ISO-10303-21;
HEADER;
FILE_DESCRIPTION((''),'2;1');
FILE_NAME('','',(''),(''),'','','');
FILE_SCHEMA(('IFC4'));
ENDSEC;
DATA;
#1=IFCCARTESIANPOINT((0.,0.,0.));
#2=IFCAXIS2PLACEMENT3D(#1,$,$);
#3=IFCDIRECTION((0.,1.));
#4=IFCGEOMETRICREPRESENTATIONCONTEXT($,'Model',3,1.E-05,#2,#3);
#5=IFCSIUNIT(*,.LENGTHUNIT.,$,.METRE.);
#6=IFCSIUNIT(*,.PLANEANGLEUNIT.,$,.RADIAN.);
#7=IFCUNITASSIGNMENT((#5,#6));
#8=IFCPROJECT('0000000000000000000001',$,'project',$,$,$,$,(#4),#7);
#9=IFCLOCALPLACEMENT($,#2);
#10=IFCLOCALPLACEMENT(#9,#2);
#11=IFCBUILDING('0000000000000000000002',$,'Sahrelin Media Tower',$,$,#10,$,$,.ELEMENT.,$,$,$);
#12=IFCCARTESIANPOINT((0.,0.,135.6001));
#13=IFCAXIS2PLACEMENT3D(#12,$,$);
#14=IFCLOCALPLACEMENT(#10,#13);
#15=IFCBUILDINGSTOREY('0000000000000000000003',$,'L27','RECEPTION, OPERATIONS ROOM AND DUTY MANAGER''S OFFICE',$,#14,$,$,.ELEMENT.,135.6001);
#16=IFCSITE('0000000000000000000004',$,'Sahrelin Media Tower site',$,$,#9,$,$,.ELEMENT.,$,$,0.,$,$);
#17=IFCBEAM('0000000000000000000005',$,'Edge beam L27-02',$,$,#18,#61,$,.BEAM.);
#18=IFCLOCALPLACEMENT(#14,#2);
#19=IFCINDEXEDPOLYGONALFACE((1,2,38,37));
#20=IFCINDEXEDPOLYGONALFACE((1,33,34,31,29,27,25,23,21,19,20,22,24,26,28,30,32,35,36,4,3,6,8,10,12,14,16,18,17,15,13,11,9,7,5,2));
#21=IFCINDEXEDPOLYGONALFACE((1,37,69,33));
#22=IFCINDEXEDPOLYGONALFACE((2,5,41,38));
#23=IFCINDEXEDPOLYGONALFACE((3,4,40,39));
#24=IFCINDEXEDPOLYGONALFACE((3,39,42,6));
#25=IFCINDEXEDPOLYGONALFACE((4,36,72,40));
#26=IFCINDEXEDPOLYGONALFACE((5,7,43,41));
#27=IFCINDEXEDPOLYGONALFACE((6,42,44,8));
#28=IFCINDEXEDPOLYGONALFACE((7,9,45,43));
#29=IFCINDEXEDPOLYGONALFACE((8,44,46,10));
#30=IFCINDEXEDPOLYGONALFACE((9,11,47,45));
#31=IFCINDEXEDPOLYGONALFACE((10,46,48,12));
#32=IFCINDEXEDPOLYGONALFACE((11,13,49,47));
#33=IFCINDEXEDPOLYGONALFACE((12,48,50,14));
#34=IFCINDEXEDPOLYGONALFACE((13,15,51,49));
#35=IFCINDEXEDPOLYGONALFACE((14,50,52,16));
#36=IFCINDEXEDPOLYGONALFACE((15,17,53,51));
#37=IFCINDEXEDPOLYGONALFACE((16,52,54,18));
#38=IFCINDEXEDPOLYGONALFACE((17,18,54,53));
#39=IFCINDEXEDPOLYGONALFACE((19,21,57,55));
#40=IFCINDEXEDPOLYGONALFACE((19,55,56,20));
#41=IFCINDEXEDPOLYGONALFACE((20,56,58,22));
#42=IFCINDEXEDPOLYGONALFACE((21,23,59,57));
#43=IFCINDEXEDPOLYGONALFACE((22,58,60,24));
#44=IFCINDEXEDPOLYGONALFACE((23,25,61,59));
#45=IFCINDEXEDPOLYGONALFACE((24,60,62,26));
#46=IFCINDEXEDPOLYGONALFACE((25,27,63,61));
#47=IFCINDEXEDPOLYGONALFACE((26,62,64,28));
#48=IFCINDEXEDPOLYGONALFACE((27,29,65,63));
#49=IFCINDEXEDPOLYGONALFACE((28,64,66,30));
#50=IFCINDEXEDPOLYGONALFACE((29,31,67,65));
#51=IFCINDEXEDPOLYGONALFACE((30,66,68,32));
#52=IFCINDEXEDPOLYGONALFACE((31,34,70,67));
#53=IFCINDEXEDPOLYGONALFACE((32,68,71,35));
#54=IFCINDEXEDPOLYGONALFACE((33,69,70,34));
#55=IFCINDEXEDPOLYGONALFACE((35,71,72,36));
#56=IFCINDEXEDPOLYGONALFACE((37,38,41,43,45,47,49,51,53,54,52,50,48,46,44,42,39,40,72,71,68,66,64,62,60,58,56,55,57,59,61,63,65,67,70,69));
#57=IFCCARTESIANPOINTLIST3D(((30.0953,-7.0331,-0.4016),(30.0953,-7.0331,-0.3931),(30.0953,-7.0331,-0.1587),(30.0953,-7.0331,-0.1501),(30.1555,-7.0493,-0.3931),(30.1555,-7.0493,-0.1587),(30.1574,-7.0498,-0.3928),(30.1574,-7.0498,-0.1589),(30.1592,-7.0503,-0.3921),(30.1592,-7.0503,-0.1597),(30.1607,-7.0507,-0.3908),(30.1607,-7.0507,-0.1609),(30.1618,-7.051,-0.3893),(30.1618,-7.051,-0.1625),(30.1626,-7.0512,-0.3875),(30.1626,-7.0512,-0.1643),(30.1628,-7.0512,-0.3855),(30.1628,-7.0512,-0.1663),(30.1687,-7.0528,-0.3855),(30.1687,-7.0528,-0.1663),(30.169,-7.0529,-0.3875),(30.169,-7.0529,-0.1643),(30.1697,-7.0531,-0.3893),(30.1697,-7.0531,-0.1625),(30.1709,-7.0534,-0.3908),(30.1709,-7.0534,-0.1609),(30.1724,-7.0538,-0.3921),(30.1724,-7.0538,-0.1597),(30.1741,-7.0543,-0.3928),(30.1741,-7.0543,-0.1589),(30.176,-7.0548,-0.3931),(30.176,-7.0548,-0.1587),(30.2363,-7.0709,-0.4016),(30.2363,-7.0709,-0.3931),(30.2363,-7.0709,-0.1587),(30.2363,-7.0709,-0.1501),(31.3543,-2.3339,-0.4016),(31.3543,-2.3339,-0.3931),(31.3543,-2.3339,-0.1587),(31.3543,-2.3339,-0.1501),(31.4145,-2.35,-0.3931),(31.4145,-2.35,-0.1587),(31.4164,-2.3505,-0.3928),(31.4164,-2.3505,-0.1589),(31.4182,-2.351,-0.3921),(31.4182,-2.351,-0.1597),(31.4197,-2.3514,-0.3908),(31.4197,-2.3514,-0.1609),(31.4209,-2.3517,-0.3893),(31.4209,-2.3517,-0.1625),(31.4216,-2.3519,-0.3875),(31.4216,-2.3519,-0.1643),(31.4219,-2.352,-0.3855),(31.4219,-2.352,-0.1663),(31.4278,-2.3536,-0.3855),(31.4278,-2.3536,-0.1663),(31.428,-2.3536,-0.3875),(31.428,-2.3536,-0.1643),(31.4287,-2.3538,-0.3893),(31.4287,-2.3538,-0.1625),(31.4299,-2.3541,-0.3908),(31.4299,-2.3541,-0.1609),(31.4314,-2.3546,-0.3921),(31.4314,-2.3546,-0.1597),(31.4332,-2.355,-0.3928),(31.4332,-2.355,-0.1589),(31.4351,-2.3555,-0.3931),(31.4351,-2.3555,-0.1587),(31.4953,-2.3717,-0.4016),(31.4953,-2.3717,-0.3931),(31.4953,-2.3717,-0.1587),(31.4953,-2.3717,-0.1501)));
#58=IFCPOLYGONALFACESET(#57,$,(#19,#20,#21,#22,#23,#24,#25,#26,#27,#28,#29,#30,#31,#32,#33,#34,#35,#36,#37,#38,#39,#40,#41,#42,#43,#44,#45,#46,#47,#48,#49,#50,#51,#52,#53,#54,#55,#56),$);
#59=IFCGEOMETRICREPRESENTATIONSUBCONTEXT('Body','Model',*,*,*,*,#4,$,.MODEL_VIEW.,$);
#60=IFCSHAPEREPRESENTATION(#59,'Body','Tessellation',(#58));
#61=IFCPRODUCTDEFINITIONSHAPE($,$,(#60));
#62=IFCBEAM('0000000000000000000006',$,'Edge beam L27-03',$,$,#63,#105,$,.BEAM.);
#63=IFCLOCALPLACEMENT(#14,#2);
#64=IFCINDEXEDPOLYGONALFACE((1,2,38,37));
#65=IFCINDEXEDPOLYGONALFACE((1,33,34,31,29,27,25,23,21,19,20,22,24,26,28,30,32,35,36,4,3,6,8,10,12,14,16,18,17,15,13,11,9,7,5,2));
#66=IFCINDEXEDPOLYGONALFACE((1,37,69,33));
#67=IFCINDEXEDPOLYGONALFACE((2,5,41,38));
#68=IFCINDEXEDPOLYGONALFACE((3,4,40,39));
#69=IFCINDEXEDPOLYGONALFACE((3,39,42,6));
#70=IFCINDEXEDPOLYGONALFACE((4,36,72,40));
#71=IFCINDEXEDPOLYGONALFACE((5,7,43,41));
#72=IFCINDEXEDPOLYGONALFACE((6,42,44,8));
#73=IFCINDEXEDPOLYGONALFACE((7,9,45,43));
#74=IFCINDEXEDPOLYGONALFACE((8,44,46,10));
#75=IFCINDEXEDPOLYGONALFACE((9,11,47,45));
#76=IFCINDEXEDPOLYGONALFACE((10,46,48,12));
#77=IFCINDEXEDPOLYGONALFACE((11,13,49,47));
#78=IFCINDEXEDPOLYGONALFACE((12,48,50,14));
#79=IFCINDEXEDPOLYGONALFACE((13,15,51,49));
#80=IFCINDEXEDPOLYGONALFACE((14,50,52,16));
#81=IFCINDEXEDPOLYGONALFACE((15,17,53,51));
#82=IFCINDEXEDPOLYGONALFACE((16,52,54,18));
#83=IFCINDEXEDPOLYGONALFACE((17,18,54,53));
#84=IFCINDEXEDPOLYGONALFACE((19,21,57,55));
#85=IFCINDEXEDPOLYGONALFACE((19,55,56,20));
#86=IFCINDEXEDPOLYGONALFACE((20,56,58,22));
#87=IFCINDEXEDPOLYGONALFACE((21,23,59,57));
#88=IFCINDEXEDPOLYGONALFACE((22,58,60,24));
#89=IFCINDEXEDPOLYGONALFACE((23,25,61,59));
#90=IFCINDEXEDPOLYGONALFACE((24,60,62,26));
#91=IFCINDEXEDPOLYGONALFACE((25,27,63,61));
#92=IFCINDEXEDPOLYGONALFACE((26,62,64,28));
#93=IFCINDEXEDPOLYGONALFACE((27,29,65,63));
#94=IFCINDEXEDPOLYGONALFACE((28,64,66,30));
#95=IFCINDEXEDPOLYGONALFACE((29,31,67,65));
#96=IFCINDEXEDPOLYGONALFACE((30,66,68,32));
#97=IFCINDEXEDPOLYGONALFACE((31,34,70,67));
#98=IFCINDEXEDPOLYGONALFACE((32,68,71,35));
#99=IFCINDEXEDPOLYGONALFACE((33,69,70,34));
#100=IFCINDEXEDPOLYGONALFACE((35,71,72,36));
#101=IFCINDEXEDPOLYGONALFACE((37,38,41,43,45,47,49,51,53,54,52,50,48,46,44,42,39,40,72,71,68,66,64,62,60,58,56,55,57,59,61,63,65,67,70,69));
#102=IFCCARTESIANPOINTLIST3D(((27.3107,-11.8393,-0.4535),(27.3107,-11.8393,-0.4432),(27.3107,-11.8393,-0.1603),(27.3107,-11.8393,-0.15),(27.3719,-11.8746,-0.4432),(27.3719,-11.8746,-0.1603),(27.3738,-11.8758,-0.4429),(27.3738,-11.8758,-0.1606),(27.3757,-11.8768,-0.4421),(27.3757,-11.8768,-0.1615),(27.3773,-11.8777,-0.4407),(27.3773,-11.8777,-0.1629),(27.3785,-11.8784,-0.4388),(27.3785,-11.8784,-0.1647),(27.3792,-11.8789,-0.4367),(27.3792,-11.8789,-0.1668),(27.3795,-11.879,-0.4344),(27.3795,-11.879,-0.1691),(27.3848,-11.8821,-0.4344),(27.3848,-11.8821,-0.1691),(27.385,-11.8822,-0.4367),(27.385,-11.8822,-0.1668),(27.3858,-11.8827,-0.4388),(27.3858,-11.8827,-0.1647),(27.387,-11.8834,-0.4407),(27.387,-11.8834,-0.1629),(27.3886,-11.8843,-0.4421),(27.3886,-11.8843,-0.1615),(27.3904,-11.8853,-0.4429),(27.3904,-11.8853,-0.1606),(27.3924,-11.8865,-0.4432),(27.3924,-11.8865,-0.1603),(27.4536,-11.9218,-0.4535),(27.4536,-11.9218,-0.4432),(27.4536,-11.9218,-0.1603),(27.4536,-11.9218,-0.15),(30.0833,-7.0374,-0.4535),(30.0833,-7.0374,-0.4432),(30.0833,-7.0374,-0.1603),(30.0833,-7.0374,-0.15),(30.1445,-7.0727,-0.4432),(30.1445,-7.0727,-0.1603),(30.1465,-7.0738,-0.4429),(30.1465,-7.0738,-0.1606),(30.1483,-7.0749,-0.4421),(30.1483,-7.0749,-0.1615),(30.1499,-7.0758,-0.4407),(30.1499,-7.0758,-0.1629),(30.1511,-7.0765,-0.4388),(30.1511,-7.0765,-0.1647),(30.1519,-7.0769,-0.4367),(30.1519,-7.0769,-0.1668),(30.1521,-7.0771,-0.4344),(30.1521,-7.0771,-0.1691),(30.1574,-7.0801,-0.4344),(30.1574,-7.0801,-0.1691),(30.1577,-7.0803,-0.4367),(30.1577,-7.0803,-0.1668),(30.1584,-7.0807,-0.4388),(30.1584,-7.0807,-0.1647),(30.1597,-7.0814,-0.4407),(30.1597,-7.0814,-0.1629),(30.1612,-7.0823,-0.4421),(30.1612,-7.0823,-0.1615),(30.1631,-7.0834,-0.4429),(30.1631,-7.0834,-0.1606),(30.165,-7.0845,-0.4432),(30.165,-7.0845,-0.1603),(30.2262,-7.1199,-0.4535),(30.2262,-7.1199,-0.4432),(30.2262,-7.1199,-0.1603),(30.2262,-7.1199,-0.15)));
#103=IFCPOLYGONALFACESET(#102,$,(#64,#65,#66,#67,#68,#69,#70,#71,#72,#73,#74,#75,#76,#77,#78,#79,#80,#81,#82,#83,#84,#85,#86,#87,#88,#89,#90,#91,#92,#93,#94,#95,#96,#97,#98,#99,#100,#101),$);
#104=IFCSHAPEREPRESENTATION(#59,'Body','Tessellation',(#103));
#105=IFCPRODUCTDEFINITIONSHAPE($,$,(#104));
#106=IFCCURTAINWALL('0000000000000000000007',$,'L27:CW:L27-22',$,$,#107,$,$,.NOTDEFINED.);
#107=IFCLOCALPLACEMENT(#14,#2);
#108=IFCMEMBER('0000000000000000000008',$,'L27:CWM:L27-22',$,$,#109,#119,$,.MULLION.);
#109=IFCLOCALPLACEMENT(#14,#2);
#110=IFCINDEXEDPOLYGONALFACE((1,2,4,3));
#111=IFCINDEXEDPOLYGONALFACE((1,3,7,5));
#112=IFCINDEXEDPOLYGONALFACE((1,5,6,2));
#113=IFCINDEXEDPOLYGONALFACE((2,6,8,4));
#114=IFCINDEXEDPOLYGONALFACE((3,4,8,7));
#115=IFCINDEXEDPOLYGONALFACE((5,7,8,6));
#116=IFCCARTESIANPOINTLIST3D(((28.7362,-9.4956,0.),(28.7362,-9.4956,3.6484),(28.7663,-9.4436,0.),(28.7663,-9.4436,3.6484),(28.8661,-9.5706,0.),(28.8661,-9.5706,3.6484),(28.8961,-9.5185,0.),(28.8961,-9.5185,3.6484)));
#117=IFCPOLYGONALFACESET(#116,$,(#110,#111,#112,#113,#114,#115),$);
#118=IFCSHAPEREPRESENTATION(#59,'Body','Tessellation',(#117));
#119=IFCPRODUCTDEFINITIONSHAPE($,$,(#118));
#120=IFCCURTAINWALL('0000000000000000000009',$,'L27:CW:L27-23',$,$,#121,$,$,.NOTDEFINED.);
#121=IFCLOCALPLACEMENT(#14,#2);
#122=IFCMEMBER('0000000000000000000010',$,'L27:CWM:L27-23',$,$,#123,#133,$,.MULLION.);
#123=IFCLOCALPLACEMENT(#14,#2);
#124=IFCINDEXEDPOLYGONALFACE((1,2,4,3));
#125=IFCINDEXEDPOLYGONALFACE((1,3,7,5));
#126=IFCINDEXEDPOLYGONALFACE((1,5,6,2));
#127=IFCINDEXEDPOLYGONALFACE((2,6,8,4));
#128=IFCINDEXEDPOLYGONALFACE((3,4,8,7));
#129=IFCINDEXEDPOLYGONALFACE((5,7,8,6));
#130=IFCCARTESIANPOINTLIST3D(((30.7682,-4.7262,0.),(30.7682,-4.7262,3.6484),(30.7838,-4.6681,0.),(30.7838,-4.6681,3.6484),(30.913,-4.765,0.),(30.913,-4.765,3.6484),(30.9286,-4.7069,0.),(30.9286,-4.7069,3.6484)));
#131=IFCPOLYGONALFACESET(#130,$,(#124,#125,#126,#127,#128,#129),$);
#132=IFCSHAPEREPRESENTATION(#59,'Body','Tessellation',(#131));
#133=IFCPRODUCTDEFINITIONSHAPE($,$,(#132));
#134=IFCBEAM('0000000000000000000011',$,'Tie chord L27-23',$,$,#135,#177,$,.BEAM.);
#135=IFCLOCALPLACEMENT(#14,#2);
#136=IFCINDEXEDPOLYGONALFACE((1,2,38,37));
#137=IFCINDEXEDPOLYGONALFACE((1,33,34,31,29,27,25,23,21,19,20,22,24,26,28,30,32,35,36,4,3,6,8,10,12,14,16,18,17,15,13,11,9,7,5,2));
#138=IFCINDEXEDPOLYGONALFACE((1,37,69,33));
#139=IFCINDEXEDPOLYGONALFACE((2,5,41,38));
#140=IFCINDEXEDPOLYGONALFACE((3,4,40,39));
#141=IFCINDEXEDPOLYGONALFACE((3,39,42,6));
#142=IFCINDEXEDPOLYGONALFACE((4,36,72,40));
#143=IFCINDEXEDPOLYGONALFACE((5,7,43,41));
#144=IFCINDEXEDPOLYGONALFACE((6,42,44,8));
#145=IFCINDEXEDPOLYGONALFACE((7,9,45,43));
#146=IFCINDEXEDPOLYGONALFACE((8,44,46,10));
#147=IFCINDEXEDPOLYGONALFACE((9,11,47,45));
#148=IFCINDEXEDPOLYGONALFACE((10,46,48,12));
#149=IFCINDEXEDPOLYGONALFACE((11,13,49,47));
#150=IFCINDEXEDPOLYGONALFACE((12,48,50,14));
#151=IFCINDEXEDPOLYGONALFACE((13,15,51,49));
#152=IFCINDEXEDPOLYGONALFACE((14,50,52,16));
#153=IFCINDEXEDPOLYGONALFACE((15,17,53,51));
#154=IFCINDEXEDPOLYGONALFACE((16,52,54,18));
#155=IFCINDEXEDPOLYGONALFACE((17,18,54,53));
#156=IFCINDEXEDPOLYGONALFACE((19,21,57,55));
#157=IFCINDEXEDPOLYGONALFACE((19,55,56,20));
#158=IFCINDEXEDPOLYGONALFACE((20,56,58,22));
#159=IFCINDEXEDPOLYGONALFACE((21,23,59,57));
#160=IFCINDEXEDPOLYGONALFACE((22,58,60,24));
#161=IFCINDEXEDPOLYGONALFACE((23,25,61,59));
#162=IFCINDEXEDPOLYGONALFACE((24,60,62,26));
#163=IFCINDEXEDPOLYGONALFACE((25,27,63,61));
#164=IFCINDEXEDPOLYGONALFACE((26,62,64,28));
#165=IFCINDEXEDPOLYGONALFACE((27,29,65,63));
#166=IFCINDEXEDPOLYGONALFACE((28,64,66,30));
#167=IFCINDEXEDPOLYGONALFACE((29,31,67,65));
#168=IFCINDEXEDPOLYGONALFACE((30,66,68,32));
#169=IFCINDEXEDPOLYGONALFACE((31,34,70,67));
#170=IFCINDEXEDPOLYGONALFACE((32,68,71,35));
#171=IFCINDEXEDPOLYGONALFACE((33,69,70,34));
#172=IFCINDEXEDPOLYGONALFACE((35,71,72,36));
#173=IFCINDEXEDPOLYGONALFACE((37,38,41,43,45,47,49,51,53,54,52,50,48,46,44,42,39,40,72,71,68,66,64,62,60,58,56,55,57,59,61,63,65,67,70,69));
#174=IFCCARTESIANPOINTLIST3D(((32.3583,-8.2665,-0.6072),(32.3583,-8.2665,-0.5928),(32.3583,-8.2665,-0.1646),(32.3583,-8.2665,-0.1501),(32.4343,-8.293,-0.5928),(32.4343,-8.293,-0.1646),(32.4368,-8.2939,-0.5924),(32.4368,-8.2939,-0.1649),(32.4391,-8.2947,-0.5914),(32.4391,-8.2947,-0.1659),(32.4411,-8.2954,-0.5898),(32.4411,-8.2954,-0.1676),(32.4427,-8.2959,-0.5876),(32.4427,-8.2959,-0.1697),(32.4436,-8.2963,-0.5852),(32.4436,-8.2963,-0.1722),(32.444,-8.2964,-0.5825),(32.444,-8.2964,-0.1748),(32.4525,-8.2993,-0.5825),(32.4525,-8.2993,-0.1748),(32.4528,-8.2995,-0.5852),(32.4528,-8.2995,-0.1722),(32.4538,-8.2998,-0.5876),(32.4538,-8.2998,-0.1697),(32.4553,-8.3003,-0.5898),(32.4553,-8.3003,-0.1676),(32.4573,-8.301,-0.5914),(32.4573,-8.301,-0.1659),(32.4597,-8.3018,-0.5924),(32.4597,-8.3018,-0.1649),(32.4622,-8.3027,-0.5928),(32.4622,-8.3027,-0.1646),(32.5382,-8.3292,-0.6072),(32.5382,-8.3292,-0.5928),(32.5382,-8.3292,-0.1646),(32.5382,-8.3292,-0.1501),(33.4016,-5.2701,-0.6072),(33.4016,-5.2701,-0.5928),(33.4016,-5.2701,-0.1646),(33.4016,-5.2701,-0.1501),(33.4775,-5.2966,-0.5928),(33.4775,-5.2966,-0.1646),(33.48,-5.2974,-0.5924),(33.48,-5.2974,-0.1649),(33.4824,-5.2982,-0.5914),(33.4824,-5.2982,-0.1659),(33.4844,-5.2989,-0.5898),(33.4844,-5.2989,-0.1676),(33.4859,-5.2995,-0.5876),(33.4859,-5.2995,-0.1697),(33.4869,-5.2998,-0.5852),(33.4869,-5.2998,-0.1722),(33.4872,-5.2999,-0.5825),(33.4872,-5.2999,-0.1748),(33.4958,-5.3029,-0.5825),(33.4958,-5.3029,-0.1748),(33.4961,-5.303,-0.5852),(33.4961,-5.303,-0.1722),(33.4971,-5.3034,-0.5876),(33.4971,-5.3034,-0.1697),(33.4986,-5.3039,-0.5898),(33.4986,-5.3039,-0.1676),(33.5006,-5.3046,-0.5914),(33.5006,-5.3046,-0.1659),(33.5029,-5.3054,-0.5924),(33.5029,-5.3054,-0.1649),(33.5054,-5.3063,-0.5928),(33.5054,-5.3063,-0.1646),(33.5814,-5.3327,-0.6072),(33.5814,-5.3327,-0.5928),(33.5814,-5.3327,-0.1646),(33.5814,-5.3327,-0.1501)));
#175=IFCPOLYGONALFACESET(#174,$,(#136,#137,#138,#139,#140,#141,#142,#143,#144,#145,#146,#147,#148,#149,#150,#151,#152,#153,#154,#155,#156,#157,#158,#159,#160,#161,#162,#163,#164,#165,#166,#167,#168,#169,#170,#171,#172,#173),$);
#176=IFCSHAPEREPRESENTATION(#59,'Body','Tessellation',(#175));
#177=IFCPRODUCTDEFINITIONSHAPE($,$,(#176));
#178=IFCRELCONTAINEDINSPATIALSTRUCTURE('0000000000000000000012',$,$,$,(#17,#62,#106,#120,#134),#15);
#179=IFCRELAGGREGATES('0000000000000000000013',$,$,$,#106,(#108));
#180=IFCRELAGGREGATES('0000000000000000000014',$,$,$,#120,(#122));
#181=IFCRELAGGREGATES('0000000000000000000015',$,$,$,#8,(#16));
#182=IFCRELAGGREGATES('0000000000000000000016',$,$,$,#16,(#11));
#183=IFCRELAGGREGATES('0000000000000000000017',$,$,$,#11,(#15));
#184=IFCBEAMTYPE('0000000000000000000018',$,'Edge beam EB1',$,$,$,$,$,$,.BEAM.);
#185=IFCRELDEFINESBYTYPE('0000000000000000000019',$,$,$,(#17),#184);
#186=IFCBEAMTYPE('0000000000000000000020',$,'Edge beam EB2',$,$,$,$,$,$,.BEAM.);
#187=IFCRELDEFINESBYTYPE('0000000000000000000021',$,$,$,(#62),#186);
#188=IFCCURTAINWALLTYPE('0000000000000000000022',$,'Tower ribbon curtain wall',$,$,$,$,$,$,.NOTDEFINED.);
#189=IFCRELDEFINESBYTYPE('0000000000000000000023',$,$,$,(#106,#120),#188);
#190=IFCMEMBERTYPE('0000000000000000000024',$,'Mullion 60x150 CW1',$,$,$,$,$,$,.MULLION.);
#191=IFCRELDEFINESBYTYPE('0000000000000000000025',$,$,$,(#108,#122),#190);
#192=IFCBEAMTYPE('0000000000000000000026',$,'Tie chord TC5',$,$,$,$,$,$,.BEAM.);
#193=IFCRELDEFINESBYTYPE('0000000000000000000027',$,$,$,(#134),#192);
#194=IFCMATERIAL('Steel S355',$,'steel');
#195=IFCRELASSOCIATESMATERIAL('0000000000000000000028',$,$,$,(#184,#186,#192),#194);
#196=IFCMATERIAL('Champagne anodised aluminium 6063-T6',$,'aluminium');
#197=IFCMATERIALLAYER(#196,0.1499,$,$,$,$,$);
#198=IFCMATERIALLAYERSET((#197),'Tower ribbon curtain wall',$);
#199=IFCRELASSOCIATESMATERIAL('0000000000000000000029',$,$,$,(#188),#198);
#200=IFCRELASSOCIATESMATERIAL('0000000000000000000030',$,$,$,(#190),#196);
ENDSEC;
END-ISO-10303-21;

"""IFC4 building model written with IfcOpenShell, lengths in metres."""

from ifc_helpers import new_model, si_unit, direction, frame, origin, origin_2d, place, context, subcontext, project, spatial, rectangle, i_section, extrude, material, layer, layer_set, material_profile, profile_set, type_object, element, aggregate, save


model = new_model("IFC4")

# Units and contexts
model_context = context("Model", 3, precision=1e-05, world=origin(), true_north=direction((0.0, 1.0)))
body_context = subcontext(model_context, "Body", "Model", "MODEL_VIEW")
ifc_project = project(units=[si_unit("LENGTHUNIT", "METRE"), si_unit("PLANEANGLEUNIT", "RADIAN")], contexts=[model_context])

# Site, building, storey
site_placement = place(None, origin())
site = spatial("IfcSite", under=ifc_project, at=site_placement, Name="Sahrelin Media Tower site", CompositionType="ELEMENT", RefElevation=0.0)
building_placement = place(site_placement, origin())
building = spatial("IfcBuilding", under=site, at=building_placement, Name="Sahrelin Media Tower", CompositionType="ELEMENT")
storey_placement = place(building_placement, frame((0.0, 0.0, 135.6001)))
storey = spatial("IfcBuildingStorey", under=building, at=storey_placement, Name="L27", Description="RECEPTION, OPERATIONS ROOM AND DUTY MANAGER'S OFFICE", CompositionType="ELEMENT", Elevation=135.6001)

# Beams
ifc_material_1 = material(Name="Steel S355", Category="steel")
ifc_material_profile_1 = material_profile(ifc_material_1, i_section(OverallWidth=0.146, OverallDepth=0.2515, WebThickness=0.0061, FlangeThickness=0.0085, FilletRadius=0.0076, at=origin_2d()), Name="UB 254x146x31")
ifc_profile_set_1 = profile_set([ifc_material_profile_1], Name="Steel S355")
beam_type_1 = type_object("IfcBeamType", Name="Edge beam EB1", PredefinedType="BEAM", material=ifc_profile_set_1)
beam_1_placement = place(storey_placement, frame((31.4248, -2.3528, -0.2759), z_axis=(-0.258796, -0.965932, 0.0), x_axis=(0.965932, -0.258796, 0.0)))
element("IfcBeam", 1, at=beam_1_placement, inside=storey, type_object=beam_type_1, Name="Edge beam L27-02", PredefinedType="BEAM", context=body_context, shape_type="SweptSolid", body=[
    extrude(i_section(OverallWidth=0.146, OverallDepth=0.2515, WebThickness=0.0061, FlangeThickness=0.0085, FilletRadius=0.0076, at=origin_2d()), origin(), (0.0, 0.0, 1.0), 4.865),
])
ifc_material_profile_2 = material_profile(ifc_material_1, i_section(OverallWidth=0.165, OverallDepth=0.3035, WebThickness=0.0061, FlangeThickness=0.0103, FilletRadius=0.0088, at=origin_2d()), Name="UB 305x165x40")
ifc_profile_set_2 = profile_set([ifc_material_profile_2], Name="Steel S355")
beam_type_2 = type_object("IfcBeamType", Name="Edge beam EB2", PredefinedType="BEAM", material=ifc_profile_set_2)
beam_2_placement = place(storey_placement, frame((30.1548, -7.0786, -0.3018), z_axis=(-0.500036, -0.866004, 0.0), x_axis=(0.866004, -0.500036, 0.0)))
element("IfcBeam", 2, at=beam_2_placement, inside=storey, type_object=beam_type_2, Name="Edge beam L27-03", PredefinedType="BEAM", context=body_context, shape_type="SweptSolid", body=[
    extrude(i_section(OverallWidth=0.165, OverallDepth=0.3035, WebThickness=0.0061, FlangeThickness=0.0103, FilletRadius=0.0088, at=origin_2d()), origin(), (0.0, 0.0, 1.0), 5.5449),
])

# Curtain walls, members
ifc_material_2 = material(Name="Champagne anodised aluminium 6063-T6", Category="aluminium")
ifc_layer_1 = layer(ifc_material_2, 0.1499)
ifc_layer_set_1 = layer_set([ifc_layer_1], Name="Tower ribbon curtain wall")
curtain_wall_type = type_object("IfcCurtainWallType", Name="Tower ribbon curtain wall", PredefinedType="NOTDEFINED", material=ifc_layer_set_1)
curtain_wall_1_placement = place(storey_placement, frame((28.8984, -9.5547, 0.0), z_axis=(0.0, 0.0, 1.0), x_axis=(1.0, 0.0, 0.0)))
curtain_wall_1 = element("IfcCurtainWall", 3, at=curtain_wall_1_placement, inside=storey, type_object=curtain_wall_type, Name="L27:CW:L27-22", PredefinedType="NOTDEFINED")
ifc_material_profile_3 = material_profile(ifc_material_2, rectangle(XDim=0.0601, YDim=0.1499, at=origin_2d()), Name="Mullion 60x150")
ifc_profile_set_3 = profile_set([ifc_material_profile_3], Name="Champagne anodised aluminium 6063-T6")
member_type_1 = type_object("IfcMemberType", Name="Mullion 60x150 CW1", PredefinedType="MULLION", material=ifc_profile_set_3)
member_1_placement = place(storey_placement, frame((28.8162, -9.5071, 0.0), z_axis=(0.0, 0.0, 1.0), x_axis=(0.499994, 0.866029, 0.0)))
member_1 = element("IfcMember", 4, at=member_1_placement, type_object=member_type_1, Name="L27:CWM:L27-22", PredefinedType="MULLION", context=body_context, shape_type="SweptSolid", body=[
    extrude(rectangle(XDim=0.0601, YDim=0.1499, at=origin_2d()), origin(), (0.0, 0.0, 1.0), 3.6484),
])
aggregate(curtain_wall_1, [member_1])
curtain_wall_2_placement = place(storey_placement, frame((30.9402, -4.7412, 0.0), z_axis=(0.0, 0.0, 1.0), x_axis=(1.0, 0.0, 0.0)))
curtain_wall_2 = element("IfcCurtainWall", 5, at=curtain_wall_2_placement, inside=storey, type_object=curtain_wall_type, Name="L27:CW:L27-23", PredefinedType="NOTDEFINED")
member_2_placement = place(storey_placement, frame((30.8484, -4.7166, 0.0), z_axis=(0.0, 0.0, 1.0), x_axis=(0.258827, 0.965924, 0.0)))
member_2 = element("IfcMember", 6, at=member_2_placement, type_object=member_type_1, Name="L27:CWM:L27-23", PredefinedType="MULLION", context=body_context, shape_type="SweptSolid", body=[
    extrude(rectangle(XDim=0.0601, YDim=0.1499, at=origin_2d()), origin(), (0.0, 0.0, 1.0), 3.6484),
])

# Beam
ifc_material_profile_4 = material_profile(ifc_material_1, i_section(OverallWidth=0.1904, OverallDepth=0.457, WebThickness=0.009, FlangeThickness=0.0144, FilletRadius=0.0103, at=origin_2d()), Name="UB 457x191x74")
ifc_profile_set_4 = profile_set([ifc_material_profile_4], Name="Steel S355")
beam_type_3 = type_object("IfcBeamType", Name="Tie chord TC5", PredefinedType="BEAM", material=ifc_profile_set_4)
beam_3_placement = place(storey_placement, frame((32.4482, -8.2979, -0.3787), z_axis=(0.328804, 0.944398, 0.0), x_axis=(-0.944398, 0.328804, 0.0)))
element("IfcBeam", 7, at=beam_3_placement, inside=storey, type_object=beam_type_3, Name="Tie chord L27-23", PredefinedType="BEAM", context=body_context, shape_type="SweptSolid", body=[
    extrude(i_section(OverallWidth=0.1904, OverallDepth=0.457, WebThickness=0.009, FlangeThickness=0.0144, FilletRadius=0.0103, at=origin_2d()), origin(), (0.0, 0.0, 1.0), 3.1729),
])

aggregate(curtain_wall_2, [member_2])

save(model, "model.ifc")
